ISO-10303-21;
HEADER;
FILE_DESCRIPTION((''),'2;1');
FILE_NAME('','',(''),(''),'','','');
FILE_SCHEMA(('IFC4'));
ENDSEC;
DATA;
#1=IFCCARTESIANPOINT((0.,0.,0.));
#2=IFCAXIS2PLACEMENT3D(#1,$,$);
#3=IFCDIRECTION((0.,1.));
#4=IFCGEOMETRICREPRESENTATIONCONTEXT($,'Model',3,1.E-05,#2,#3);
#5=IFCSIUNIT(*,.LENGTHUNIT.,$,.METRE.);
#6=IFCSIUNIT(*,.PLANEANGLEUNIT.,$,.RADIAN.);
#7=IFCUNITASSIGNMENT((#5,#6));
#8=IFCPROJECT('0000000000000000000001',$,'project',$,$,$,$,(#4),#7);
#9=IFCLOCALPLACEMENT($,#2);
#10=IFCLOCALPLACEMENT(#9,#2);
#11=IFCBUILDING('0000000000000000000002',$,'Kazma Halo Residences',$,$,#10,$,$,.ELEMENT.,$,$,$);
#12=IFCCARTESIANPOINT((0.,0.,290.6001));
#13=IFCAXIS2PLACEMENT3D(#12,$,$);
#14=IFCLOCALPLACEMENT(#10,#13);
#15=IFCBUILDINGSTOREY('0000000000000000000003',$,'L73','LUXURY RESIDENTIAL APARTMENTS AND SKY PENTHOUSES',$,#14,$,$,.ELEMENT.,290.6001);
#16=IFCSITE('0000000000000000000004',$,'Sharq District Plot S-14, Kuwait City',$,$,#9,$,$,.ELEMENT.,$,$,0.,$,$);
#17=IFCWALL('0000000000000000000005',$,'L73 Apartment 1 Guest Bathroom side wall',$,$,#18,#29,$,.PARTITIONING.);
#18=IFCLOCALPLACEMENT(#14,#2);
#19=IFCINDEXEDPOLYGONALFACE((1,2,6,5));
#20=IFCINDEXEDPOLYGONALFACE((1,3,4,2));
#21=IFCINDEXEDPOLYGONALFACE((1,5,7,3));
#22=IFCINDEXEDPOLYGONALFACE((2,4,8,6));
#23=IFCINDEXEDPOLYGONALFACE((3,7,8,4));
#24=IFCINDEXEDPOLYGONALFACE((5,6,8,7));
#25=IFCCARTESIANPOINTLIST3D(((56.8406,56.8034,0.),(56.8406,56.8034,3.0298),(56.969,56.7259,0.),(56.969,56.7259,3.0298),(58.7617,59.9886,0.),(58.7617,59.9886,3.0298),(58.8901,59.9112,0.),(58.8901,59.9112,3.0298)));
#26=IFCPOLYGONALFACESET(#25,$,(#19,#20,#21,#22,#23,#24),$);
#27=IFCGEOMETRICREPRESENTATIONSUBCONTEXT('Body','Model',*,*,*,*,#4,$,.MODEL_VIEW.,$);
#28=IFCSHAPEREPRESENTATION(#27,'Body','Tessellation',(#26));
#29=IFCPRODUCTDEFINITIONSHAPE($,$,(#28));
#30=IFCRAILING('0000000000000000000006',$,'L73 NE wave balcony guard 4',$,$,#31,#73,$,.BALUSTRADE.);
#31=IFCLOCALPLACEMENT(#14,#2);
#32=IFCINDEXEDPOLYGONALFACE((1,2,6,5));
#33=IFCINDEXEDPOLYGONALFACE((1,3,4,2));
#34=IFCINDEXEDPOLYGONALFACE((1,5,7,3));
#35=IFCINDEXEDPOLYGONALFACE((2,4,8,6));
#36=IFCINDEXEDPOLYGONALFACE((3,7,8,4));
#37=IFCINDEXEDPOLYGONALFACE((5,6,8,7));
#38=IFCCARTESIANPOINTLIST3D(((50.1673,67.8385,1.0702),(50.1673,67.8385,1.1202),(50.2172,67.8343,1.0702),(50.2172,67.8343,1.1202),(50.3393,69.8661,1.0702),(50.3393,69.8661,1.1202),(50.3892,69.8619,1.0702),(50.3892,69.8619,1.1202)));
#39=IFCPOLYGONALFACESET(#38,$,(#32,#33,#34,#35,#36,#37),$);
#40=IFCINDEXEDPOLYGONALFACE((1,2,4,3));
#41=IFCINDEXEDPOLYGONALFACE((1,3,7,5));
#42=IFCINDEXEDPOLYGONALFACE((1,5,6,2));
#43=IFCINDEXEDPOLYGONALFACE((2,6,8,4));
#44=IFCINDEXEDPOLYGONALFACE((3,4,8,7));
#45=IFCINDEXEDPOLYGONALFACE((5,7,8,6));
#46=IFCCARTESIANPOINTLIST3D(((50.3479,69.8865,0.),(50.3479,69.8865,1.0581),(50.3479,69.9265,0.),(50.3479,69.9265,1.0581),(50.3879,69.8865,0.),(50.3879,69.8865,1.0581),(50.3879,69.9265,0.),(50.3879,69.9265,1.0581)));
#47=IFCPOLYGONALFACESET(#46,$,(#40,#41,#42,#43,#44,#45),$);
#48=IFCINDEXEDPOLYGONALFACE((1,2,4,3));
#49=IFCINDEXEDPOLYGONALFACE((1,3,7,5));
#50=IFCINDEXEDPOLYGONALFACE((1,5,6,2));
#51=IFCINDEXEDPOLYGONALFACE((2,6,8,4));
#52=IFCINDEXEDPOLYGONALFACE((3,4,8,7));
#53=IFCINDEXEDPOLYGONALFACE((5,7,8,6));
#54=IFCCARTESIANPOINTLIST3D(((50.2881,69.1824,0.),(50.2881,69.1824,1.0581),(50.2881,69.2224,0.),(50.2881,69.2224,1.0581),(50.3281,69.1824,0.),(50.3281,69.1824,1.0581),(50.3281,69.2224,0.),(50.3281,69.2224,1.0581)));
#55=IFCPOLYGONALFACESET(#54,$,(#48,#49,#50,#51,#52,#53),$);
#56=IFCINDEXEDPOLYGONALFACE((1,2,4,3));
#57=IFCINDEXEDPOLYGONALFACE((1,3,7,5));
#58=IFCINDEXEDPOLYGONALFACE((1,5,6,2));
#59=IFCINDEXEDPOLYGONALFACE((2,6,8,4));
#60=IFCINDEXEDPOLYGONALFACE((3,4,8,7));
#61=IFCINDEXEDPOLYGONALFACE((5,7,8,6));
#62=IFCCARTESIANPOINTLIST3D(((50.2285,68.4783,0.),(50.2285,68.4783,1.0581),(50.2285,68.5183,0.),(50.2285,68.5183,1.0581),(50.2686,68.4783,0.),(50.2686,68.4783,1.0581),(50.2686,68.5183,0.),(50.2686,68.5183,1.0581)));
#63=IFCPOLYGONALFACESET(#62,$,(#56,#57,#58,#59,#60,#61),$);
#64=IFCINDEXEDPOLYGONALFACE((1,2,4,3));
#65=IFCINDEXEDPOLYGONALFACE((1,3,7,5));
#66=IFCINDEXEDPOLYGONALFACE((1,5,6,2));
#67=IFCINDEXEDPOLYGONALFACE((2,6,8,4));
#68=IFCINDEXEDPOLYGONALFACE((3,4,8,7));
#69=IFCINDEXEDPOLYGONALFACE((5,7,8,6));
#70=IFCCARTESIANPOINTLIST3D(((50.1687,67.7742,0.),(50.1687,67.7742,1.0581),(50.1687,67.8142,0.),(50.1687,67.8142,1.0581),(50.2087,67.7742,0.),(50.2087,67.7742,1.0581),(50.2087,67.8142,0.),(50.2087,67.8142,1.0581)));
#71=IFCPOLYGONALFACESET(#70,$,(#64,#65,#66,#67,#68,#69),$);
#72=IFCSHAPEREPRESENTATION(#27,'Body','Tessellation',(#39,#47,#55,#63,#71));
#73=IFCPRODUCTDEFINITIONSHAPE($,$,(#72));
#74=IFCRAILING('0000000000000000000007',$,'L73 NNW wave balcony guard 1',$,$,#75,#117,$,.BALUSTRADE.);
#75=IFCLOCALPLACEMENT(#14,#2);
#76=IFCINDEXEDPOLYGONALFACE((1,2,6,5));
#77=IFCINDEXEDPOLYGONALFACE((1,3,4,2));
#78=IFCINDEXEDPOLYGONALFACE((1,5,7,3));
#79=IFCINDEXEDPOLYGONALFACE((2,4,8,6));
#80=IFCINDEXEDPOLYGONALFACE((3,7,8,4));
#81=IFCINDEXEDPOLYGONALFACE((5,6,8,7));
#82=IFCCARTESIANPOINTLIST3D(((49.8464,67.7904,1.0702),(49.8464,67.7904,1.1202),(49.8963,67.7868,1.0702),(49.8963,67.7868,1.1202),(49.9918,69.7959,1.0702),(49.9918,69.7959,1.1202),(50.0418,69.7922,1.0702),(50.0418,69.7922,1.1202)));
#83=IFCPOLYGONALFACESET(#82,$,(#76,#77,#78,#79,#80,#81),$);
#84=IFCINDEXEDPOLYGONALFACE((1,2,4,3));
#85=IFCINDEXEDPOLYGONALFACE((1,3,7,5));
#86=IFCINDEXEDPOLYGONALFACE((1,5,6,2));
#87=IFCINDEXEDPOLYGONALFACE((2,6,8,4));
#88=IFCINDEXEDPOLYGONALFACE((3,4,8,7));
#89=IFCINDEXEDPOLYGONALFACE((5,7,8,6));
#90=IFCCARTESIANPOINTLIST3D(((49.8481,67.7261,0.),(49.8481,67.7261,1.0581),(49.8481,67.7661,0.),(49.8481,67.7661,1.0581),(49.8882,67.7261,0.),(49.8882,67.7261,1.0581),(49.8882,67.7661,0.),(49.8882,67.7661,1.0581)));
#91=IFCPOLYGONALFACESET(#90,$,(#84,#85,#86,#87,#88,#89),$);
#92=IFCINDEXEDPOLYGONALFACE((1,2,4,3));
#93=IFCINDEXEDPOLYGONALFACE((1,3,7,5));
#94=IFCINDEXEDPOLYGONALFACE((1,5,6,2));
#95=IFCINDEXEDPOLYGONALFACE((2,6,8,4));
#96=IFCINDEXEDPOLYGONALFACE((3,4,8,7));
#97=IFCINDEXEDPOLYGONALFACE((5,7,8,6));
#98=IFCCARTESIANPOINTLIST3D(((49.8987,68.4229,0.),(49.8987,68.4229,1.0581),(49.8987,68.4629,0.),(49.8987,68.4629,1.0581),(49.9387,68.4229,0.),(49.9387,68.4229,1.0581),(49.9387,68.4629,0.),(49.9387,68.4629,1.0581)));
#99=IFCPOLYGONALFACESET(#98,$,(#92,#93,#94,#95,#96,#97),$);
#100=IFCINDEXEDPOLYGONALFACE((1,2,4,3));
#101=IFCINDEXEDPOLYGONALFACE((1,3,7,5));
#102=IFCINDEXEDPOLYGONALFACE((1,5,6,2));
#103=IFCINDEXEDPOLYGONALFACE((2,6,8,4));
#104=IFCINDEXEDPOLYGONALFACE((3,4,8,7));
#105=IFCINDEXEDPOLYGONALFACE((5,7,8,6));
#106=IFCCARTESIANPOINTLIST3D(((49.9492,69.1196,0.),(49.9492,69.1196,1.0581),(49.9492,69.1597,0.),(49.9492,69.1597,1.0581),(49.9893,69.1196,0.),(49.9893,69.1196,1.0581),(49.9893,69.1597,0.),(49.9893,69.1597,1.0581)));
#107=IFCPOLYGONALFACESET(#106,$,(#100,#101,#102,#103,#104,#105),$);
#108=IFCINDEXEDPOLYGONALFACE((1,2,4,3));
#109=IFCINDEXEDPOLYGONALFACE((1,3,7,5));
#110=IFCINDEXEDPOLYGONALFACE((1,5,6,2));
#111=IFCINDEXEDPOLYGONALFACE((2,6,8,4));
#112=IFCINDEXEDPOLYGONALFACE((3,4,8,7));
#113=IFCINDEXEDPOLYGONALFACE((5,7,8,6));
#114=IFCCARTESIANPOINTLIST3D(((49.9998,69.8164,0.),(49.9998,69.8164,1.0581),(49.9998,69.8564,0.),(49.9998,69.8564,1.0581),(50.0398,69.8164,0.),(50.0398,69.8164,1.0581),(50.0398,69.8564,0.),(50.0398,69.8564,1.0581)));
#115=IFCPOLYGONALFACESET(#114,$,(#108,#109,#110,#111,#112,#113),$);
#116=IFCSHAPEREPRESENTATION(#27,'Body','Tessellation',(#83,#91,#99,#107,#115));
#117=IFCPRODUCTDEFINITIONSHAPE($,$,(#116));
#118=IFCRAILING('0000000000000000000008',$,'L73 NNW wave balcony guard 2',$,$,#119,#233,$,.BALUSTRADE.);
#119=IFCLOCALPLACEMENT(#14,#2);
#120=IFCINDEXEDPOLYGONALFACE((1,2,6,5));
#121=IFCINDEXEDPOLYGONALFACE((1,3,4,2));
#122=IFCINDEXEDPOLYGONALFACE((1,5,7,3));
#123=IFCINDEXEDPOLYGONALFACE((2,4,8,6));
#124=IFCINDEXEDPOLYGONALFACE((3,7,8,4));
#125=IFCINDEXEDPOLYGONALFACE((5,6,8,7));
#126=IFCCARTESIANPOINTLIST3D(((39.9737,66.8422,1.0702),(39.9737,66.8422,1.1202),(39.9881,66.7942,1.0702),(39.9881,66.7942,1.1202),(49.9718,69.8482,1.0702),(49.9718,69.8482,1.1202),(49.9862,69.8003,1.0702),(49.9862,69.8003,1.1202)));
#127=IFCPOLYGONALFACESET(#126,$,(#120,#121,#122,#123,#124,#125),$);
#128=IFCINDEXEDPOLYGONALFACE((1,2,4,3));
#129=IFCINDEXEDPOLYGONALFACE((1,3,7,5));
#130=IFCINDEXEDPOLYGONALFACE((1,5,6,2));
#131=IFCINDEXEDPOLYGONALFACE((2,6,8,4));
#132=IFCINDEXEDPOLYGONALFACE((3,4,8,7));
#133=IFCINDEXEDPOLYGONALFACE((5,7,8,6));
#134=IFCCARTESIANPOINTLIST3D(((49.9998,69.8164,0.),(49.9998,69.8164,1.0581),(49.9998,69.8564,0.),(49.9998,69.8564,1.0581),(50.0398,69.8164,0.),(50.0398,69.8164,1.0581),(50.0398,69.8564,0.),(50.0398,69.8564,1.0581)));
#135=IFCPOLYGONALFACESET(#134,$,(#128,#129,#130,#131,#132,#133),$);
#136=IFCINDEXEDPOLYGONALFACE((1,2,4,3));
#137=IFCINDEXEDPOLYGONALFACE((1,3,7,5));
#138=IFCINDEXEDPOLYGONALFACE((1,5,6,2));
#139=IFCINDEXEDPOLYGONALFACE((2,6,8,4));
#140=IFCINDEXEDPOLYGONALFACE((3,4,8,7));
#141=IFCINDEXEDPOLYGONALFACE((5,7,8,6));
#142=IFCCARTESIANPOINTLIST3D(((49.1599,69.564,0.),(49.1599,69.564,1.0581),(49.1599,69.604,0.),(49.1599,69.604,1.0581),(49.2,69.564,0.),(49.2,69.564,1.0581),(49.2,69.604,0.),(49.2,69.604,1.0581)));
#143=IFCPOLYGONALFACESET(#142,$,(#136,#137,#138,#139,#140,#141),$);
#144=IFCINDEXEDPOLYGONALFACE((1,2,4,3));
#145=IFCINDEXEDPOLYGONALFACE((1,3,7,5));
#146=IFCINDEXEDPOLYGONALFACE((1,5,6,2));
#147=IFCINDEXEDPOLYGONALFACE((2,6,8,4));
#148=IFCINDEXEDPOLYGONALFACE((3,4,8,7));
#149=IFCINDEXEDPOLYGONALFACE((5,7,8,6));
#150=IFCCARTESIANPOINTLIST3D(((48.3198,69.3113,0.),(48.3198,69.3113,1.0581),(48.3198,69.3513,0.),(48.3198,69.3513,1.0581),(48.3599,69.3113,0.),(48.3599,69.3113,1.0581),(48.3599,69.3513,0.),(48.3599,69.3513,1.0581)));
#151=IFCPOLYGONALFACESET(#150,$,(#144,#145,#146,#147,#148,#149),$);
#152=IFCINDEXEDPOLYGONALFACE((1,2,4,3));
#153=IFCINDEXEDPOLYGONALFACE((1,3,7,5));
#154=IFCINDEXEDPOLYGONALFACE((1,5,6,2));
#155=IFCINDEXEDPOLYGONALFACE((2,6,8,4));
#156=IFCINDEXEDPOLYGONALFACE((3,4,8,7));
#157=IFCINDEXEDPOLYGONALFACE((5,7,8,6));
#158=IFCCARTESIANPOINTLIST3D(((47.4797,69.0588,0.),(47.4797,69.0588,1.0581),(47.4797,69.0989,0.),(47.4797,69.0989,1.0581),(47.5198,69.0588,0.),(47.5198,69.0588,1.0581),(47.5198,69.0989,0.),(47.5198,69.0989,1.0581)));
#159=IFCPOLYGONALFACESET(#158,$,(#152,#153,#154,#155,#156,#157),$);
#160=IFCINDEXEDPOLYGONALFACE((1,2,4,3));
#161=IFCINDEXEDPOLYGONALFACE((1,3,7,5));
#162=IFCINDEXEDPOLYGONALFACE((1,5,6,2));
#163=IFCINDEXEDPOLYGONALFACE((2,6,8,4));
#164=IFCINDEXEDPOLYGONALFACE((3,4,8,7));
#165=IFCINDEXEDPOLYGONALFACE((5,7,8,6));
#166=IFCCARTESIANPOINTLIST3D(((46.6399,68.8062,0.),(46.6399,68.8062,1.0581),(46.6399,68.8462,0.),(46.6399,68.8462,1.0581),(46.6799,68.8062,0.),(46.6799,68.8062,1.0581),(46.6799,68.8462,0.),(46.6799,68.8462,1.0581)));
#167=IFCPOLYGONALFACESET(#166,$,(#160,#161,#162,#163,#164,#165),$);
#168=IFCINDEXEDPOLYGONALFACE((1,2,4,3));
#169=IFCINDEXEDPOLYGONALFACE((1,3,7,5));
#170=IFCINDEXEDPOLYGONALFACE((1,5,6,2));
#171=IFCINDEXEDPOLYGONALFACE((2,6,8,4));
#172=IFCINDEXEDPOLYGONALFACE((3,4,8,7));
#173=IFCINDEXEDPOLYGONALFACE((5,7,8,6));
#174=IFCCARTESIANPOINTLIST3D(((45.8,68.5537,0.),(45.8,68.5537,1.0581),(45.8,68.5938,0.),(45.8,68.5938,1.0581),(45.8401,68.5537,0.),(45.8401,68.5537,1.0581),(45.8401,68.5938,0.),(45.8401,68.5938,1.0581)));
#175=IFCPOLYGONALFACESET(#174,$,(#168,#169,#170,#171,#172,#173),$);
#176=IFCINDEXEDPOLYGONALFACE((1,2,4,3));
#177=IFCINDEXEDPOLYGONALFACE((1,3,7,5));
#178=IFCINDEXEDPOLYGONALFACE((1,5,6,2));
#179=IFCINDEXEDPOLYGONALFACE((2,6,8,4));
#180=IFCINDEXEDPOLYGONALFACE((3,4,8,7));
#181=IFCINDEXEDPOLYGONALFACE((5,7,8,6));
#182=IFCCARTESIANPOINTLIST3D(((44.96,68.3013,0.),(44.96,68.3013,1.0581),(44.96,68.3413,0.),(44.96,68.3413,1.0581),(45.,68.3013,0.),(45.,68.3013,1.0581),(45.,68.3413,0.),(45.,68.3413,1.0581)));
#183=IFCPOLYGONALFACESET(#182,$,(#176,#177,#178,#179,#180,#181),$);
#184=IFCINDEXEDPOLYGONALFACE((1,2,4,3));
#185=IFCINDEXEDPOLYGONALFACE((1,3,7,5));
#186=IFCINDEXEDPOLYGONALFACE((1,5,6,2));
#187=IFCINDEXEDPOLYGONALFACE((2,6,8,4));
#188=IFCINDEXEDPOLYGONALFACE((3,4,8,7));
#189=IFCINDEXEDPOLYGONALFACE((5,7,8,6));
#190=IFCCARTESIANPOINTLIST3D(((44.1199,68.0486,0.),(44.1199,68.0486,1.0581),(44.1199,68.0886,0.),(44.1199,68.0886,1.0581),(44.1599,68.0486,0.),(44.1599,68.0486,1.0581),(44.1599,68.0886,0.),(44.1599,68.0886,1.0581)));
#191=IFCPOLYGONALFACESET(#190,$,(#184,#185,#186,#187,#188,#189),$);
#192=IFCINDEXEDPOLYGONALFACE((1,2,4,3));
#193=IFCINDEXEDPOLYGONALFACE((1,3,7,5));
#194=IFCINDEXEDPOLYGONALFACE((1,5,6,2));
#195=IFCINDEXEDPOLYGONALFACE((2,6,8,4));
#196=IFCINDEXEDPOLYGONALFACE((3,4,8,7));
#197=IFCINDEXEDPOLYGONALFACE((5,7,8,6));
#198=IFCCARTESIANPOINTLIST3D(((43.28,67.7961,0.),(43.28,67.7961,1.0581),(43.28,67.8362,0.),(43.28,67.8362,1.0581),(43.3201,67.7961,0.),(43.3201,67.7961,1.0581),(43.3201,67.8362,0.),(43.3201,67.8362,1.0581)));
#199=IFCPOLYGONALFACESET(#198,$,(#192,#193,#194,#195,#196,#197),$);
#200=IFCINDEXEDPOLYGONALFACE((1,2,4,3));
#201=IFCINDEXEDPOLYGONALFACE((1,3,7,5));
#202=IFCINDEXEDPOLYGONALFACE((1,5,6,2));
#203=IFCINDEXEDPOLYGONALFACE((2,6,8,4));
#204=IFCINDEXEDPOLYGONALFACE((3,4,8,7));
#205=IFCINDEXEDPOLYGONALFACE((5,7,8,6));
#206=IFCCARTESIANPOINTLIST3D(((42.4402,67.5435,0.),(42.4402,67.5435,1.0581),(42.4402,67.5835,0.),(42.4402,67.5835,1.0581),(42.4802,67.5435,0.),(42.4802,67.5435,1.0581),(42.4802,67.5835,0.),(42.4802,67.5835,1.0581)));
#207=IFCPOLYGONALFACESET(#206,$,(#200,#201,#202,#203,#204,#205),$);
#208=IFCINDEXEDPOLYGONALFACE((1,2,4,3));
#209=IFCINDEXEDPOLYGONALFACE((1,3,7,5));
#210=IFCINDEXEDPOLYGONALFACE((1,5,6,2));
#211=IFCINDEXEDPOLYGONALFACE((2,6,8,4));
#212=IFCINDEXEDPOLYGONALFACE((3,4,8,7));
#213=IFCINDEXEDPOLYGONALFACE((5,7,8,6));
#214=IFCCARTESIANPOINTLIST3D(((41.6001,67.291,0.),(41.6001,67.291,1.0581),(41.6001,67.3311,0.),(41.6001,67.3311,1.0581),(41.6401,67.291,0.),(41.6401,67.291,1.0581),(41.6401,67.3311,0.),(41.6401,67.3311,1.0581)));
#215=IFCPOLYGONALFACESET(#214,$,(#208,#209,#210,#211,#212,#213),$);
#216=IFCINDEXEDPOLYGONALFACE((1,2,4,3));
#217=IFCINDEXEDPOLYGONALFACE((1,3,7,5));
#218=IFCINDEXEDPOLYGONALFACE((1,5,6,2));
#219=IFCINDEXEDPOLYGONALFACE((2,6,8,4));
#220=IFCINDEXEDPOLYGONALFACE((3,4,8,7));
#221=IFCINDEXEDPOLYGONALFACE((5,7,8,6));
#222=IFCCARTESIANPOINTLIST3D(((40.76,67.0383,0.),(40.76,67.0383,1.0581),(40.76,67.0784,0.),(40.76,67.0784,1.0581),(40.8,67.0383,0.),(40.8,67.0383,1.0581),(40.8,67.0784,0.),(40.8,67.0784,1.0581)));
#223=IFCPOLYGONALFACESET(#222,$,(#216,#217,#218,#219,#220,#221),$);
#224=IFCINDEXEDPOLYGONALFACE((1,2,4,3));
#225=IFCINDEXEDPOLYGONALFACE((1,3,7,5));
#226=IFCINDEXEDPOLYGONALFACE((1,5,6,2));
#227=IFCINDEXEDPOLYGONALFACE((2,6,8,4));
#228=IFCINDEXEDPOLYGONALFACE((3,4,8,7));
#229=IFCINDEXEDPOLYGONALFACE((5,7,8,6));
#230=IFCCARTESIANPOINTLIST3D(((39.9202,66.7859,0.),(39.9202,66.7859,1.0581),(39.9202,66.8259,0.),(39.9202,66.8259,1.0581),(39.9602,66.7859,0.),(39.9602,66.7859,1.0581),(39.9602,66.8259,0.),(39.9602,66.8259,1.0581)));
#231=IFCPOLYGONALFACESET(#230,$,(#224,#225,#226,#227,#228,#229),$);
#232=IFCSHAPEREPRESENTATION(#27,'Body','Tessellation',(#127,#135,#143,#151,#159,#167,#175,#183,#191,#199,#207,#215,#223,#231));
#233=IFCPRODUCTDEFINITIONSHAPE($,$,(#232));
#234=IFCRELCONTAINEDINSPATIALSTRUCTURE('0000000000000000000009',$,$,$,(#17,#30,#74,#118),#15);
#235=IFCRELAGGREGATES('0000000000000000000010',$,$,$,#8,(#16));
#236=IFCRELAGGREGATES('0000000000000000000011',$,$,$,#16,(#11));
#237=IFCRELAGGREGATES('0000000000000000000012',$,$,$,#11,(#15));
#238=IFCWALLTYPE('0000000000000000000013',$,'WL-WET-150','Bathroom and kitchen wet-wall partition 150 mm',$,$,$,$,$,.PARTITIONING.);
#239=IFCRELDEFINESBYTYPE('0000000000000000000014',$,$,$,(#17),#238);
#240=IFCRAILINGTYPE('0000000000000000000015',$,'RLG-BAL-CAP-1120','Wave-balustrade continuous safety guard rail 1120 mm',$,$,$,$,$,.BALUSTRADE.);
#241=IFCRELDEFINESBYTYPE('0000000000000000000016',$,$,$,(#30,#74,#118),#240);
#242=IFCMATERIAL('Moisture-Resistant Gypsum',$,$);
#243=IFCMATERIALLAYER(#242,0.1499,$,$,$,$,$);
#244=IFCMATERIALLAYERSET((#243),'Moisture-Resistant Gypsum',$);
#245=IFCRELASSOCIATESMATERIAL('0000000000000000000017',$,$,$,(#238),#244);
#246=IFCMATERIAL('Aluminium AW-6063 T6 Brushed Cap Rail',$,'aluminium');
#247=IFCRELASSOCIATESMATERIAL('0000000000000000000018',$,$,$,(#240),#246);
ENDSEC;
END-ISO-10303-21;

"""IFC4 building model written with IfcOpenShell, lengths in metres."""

from ifc_helpers import new_model, si_unit, direction, frame, frame_2d, origin, origin_2d, place, context, subcontext, project, spatial, rectangle, extrude, material, layer, layer_set, type_object, element, save


model = new_model("IFC4")

# Units and contexts
model_context = context("Model", 3, precision=1e-05, world=origin(), true_north=direction((0.0, 1.0)))
body_context = subcontext(model_context, "Body", "Model", "MODEL_VIEW")
ifc_project = project(units=[si_unit("LENGTHUNIT", "METRE"), si_unit("PLANEANGLEUNIT", "RADIAN")], contexts=[model_context])

# Site, building, storey
site_placement = place(None, origin())
site = spatial("IfcSite", under=ifc_project, at=site_placement, Name="Sharq District Plot S-14, Kuwait City", CompositionType="ELEMENT", RefElevation=0.0)
building_placement = place(site_placement, origin())
building = spatial("IfcBuilding", under=site, at=building_placement, Name="Kazma Halo Residences", CompositionType="ELEMENT")
storey_placement = place(building_placement, frame((0.0, 0.0, 290.6001)))
storey = spatial("IfcBuildingStorey", under=building, at=storey_placement, Name="L73", Description="LUXURY RESIDENTIAL APARTMENTS AND SKY PENTHOUSES", CompositionType="ELEMENT", Elevation=290.6001)

# Shared definitions
ifc_material_1 = material(Name="Moisture-Resistant Gypsum")
ifc_layer_1 = layer(ifc_material_1, 0.1499)
ifc_layer_set_1 = layer_set([ifc_layer_1], Name="Moisture-Resistant Gypsum")
wall_type_1 = type_object("IfcWallType", Name="WL-WET-150", Description="Bathroom and kitchen wet-wall partition 150 mm", PredefinedType="PARTITIONING", material=ifc_layer_set_1)

# Wall
wall_1_placement = place(storey_placement, frame((56.9048, 56.7646, 0.0), z_axis=(0.0, 0.0, 1.0), x_axis=(0.516463, 0.856309, 0.0)))
element("IfcWall", 1, at=wall_1_placement, inside=storey, type_object=wall_type_1, Name="L73 Apartment 1 Guest Bathroom side wall", PredefinedType="PARTITIONING", context=body_context, shape_type="SweptSolid", body=[
    extrude(rectangle(XDim=3.7197, YDim=0.1499, at=frame_2d((1.8599, 0.0))), origin(), (0.0, 0.0, 1.0), 3.0298),
])

# Railings
ifc_material_2 = material(Name="Aluminium AW-6063 T6 Brushed Cap Rail", Category="aluminium")
railing_type = type_object("IfcRailingType", Name="RLG-BAL-CAP-1120", Description="Wave-balustrade continuous safety guard rail 1120 mm", PredefinedType="BALUSTRADE", material=ifc_material_2)
railing_1_placement = place(storey_placement, frame((50.3679, 69.9065, 0.0)))
element("IfcRailing", 2, at=railing_1_placement, inside=storey, type_object=railing_type, Name="L73 NE wave balcony guard 4", PredefinedType="BALUSTRADE", context=body_context, shape_type="SweptSolid", body=[
    extrude(rectangle(XDim=0.05, YDim=0.05, at=origin_2d()), frame((-0.0037, -0.0425, 1.0952), z_axis=(-0.084532, -0.996421, 0.0), x_axis=(0.996421, -0.084532, 0.0)), (0.0, 0.0, 1.0), 2.0349),
    extrude(rectangle(XDim=0.04, YDim=0.04, at=origin_2d()), origin(), (0.0, 0.0, 1.0), 1.0581),
    extrude(rectangle(XDim=0.04, YDim=0.04, at=origin_2d()), frame((-0.0598, -0.7041, 0.0)), (0.0, 0.0, 1.0), 1.0581),
    extrude(rectangle(XDim=0.04, YDim=0.04, at=origin_2d()), frame((-0.1194, -1.4082, 0.0)), (0.0, 0.0, 1.0), 1.0581),
    extrude(rectangle(XDim=0.04, YDim=0.04, at=origin_2d()), frame((-0.1792, -2.1123, 0.0)), (0.0, 0.0, 1.0), 1.0581),
])
railing_2_placement = place(storey_placement, frame((49.8682, 67.7461, 0.0)))
element("IfcRailing", 3, at=railing_2_placement, inside=storey, type_object=railing_type, Name="L73 NNW wave balcony guard 1", PredefinedType="BALUSTRADE", context=body_context, shape_type="SweptSolid", body=[
    extrude(rectangle(XDim=0.05, YDim=0.05, at=origin_2d()), frame((0.0032, 0.0425, 1.0952), z_axis=(0.07234, 0.99738, 0.0), x_axis=(-0.99738, 0.07234, 0.0)), (0.0, 0.0, 1.0), 2.0107),
    extrude(rectangle(XDim=0.04, YDim=0.04, at=origin_2d()), origin(), (0.0, 0.0, 1.0), 1.0581),
    extrude(rectangle(XDim=0.04, YDim=0.04, at=origin_2d()), frame((0.0505, 0.6968, 0.0)), (0.0, 0.0, 1.0), 1.0581),
    extrude(rectangle(XDim=0.04, YDim=0.04, at=origin_2d()), frame((0.1011, 1.3936, 0.0)), (0.0, 0.0, 1.0), 1.0581),
    extrude(rectangle(XDim=0.04, YDim=0.04, at=origin_2d()), frame((0.1516, 2.0903, 0.0)), (0.0, 0.0, 1.0), 1.0581),
])
railing_3_placement = place(storey_placement, frame((50.0198, 69.8364, 0.0)))
element("IfcRailing", 4, at=railing_3_placement, inside=storey, type_object=railing_type, Name="L73 NNW wave balcony guard 2", PredefinedType="BALUSTRADE", context=body_context, shape_type="SweptSolid", body=[
    extrude(rectangle(XDim=0.05, YDim=0.05, at=origin_2d()), frame((-0.0408, -0.0122, 1.0952), z_axis=(-0.957652, -0.287927, 0.0), x_axis=(0.287927, -0.957652, 0.0)), (0.0, 0.0, 1.0), 10.4402),
    extrude(rectangle(XDim=0.04, YDim=0.04, at=origin_2d()), origin(), (0.0, 0.0, 1.0), 1.0581),
    extrude(rectangle(XDim=0.04, YDim=0.04, at=origin_2d()), frame((-0.8398, -0.2524, 0.0)), (0.0, 0.0, 1.0), 1.0581),
    extrude(rectangle(XDim=0.04, YDim=0.04, at=origin_2d()), frame((-1.6799, -0.5051, 0.0)), (0.0, 0.0, 1.0), 1.0581),
    extrude(rectangle(XDim=0.04, YDim=0.04, at=origin_2d()), frame((-2.52, -0.7576, 0.0)), (0.0, 0.0, 1.0), 1.0581),
    extrude(rectangle(XDim=0.04, YDim=0.04, at=origin_2d()), frame((-3.3599, -1.0103, 0.0)), (0.0, 0.0, 1.0), 1.0581),
    extrude(rectangle(XDim=0.04, YDim=0.04, at=origin_2d()), frame((-4.1997, -1.2627, 0.0)), (0.0, 0.0, 1.0), 1.0581),
    extrude(rectangle(XDim=0.04, YDim=0.04, at=origin_2d()), frame((-5.0398, -1.5151, 0.0)), (0.0, 0.0, 1.0), 1.0581),
    extrude(rectangle(XDim=0.04, YDim=0.04, at=origin_2d()), frame((-5.8799, -1.7678, 0.0)), (0.0, 0.0, 1.0), 1.0581),
    extrude(rectangle(XDim=0.04, YDim=0.04, at=origin_2d()), frame((-6.7197, -2.0203, 0.0)), (0.0, 0.0, 1.0), 1.0581),
    extrude(rectangle(XDim=0.04, YDim=0.04, at=origin_2d()), frame((-7.5596, -2.2729, 0.0)), (0.0, 0.0, 1.0), 1.0581),
    extrude(rectangle(XDim=0.04, YDim=0.04, at=origin_2d()), frame((-8.3997, -2.5254, 0.0)), (0.0, 0.0, 1.0), 1.0581),
    extrude(rectangle(XDim=0.04, YDim=0.04, at=origin_2d()), frame((-9.2397, -2.7781, 0.0)), (0.0, 0.0, 1.0), 1.0581),
    extrude(rectangle(XDim=0.04, YDim=0.04, at=origin_2d()), frame((-10.0796, -3.0305, 0.0)), (0.0, 0.0, 1.0), 1.0581),
])

save(model, "model.ifc")
